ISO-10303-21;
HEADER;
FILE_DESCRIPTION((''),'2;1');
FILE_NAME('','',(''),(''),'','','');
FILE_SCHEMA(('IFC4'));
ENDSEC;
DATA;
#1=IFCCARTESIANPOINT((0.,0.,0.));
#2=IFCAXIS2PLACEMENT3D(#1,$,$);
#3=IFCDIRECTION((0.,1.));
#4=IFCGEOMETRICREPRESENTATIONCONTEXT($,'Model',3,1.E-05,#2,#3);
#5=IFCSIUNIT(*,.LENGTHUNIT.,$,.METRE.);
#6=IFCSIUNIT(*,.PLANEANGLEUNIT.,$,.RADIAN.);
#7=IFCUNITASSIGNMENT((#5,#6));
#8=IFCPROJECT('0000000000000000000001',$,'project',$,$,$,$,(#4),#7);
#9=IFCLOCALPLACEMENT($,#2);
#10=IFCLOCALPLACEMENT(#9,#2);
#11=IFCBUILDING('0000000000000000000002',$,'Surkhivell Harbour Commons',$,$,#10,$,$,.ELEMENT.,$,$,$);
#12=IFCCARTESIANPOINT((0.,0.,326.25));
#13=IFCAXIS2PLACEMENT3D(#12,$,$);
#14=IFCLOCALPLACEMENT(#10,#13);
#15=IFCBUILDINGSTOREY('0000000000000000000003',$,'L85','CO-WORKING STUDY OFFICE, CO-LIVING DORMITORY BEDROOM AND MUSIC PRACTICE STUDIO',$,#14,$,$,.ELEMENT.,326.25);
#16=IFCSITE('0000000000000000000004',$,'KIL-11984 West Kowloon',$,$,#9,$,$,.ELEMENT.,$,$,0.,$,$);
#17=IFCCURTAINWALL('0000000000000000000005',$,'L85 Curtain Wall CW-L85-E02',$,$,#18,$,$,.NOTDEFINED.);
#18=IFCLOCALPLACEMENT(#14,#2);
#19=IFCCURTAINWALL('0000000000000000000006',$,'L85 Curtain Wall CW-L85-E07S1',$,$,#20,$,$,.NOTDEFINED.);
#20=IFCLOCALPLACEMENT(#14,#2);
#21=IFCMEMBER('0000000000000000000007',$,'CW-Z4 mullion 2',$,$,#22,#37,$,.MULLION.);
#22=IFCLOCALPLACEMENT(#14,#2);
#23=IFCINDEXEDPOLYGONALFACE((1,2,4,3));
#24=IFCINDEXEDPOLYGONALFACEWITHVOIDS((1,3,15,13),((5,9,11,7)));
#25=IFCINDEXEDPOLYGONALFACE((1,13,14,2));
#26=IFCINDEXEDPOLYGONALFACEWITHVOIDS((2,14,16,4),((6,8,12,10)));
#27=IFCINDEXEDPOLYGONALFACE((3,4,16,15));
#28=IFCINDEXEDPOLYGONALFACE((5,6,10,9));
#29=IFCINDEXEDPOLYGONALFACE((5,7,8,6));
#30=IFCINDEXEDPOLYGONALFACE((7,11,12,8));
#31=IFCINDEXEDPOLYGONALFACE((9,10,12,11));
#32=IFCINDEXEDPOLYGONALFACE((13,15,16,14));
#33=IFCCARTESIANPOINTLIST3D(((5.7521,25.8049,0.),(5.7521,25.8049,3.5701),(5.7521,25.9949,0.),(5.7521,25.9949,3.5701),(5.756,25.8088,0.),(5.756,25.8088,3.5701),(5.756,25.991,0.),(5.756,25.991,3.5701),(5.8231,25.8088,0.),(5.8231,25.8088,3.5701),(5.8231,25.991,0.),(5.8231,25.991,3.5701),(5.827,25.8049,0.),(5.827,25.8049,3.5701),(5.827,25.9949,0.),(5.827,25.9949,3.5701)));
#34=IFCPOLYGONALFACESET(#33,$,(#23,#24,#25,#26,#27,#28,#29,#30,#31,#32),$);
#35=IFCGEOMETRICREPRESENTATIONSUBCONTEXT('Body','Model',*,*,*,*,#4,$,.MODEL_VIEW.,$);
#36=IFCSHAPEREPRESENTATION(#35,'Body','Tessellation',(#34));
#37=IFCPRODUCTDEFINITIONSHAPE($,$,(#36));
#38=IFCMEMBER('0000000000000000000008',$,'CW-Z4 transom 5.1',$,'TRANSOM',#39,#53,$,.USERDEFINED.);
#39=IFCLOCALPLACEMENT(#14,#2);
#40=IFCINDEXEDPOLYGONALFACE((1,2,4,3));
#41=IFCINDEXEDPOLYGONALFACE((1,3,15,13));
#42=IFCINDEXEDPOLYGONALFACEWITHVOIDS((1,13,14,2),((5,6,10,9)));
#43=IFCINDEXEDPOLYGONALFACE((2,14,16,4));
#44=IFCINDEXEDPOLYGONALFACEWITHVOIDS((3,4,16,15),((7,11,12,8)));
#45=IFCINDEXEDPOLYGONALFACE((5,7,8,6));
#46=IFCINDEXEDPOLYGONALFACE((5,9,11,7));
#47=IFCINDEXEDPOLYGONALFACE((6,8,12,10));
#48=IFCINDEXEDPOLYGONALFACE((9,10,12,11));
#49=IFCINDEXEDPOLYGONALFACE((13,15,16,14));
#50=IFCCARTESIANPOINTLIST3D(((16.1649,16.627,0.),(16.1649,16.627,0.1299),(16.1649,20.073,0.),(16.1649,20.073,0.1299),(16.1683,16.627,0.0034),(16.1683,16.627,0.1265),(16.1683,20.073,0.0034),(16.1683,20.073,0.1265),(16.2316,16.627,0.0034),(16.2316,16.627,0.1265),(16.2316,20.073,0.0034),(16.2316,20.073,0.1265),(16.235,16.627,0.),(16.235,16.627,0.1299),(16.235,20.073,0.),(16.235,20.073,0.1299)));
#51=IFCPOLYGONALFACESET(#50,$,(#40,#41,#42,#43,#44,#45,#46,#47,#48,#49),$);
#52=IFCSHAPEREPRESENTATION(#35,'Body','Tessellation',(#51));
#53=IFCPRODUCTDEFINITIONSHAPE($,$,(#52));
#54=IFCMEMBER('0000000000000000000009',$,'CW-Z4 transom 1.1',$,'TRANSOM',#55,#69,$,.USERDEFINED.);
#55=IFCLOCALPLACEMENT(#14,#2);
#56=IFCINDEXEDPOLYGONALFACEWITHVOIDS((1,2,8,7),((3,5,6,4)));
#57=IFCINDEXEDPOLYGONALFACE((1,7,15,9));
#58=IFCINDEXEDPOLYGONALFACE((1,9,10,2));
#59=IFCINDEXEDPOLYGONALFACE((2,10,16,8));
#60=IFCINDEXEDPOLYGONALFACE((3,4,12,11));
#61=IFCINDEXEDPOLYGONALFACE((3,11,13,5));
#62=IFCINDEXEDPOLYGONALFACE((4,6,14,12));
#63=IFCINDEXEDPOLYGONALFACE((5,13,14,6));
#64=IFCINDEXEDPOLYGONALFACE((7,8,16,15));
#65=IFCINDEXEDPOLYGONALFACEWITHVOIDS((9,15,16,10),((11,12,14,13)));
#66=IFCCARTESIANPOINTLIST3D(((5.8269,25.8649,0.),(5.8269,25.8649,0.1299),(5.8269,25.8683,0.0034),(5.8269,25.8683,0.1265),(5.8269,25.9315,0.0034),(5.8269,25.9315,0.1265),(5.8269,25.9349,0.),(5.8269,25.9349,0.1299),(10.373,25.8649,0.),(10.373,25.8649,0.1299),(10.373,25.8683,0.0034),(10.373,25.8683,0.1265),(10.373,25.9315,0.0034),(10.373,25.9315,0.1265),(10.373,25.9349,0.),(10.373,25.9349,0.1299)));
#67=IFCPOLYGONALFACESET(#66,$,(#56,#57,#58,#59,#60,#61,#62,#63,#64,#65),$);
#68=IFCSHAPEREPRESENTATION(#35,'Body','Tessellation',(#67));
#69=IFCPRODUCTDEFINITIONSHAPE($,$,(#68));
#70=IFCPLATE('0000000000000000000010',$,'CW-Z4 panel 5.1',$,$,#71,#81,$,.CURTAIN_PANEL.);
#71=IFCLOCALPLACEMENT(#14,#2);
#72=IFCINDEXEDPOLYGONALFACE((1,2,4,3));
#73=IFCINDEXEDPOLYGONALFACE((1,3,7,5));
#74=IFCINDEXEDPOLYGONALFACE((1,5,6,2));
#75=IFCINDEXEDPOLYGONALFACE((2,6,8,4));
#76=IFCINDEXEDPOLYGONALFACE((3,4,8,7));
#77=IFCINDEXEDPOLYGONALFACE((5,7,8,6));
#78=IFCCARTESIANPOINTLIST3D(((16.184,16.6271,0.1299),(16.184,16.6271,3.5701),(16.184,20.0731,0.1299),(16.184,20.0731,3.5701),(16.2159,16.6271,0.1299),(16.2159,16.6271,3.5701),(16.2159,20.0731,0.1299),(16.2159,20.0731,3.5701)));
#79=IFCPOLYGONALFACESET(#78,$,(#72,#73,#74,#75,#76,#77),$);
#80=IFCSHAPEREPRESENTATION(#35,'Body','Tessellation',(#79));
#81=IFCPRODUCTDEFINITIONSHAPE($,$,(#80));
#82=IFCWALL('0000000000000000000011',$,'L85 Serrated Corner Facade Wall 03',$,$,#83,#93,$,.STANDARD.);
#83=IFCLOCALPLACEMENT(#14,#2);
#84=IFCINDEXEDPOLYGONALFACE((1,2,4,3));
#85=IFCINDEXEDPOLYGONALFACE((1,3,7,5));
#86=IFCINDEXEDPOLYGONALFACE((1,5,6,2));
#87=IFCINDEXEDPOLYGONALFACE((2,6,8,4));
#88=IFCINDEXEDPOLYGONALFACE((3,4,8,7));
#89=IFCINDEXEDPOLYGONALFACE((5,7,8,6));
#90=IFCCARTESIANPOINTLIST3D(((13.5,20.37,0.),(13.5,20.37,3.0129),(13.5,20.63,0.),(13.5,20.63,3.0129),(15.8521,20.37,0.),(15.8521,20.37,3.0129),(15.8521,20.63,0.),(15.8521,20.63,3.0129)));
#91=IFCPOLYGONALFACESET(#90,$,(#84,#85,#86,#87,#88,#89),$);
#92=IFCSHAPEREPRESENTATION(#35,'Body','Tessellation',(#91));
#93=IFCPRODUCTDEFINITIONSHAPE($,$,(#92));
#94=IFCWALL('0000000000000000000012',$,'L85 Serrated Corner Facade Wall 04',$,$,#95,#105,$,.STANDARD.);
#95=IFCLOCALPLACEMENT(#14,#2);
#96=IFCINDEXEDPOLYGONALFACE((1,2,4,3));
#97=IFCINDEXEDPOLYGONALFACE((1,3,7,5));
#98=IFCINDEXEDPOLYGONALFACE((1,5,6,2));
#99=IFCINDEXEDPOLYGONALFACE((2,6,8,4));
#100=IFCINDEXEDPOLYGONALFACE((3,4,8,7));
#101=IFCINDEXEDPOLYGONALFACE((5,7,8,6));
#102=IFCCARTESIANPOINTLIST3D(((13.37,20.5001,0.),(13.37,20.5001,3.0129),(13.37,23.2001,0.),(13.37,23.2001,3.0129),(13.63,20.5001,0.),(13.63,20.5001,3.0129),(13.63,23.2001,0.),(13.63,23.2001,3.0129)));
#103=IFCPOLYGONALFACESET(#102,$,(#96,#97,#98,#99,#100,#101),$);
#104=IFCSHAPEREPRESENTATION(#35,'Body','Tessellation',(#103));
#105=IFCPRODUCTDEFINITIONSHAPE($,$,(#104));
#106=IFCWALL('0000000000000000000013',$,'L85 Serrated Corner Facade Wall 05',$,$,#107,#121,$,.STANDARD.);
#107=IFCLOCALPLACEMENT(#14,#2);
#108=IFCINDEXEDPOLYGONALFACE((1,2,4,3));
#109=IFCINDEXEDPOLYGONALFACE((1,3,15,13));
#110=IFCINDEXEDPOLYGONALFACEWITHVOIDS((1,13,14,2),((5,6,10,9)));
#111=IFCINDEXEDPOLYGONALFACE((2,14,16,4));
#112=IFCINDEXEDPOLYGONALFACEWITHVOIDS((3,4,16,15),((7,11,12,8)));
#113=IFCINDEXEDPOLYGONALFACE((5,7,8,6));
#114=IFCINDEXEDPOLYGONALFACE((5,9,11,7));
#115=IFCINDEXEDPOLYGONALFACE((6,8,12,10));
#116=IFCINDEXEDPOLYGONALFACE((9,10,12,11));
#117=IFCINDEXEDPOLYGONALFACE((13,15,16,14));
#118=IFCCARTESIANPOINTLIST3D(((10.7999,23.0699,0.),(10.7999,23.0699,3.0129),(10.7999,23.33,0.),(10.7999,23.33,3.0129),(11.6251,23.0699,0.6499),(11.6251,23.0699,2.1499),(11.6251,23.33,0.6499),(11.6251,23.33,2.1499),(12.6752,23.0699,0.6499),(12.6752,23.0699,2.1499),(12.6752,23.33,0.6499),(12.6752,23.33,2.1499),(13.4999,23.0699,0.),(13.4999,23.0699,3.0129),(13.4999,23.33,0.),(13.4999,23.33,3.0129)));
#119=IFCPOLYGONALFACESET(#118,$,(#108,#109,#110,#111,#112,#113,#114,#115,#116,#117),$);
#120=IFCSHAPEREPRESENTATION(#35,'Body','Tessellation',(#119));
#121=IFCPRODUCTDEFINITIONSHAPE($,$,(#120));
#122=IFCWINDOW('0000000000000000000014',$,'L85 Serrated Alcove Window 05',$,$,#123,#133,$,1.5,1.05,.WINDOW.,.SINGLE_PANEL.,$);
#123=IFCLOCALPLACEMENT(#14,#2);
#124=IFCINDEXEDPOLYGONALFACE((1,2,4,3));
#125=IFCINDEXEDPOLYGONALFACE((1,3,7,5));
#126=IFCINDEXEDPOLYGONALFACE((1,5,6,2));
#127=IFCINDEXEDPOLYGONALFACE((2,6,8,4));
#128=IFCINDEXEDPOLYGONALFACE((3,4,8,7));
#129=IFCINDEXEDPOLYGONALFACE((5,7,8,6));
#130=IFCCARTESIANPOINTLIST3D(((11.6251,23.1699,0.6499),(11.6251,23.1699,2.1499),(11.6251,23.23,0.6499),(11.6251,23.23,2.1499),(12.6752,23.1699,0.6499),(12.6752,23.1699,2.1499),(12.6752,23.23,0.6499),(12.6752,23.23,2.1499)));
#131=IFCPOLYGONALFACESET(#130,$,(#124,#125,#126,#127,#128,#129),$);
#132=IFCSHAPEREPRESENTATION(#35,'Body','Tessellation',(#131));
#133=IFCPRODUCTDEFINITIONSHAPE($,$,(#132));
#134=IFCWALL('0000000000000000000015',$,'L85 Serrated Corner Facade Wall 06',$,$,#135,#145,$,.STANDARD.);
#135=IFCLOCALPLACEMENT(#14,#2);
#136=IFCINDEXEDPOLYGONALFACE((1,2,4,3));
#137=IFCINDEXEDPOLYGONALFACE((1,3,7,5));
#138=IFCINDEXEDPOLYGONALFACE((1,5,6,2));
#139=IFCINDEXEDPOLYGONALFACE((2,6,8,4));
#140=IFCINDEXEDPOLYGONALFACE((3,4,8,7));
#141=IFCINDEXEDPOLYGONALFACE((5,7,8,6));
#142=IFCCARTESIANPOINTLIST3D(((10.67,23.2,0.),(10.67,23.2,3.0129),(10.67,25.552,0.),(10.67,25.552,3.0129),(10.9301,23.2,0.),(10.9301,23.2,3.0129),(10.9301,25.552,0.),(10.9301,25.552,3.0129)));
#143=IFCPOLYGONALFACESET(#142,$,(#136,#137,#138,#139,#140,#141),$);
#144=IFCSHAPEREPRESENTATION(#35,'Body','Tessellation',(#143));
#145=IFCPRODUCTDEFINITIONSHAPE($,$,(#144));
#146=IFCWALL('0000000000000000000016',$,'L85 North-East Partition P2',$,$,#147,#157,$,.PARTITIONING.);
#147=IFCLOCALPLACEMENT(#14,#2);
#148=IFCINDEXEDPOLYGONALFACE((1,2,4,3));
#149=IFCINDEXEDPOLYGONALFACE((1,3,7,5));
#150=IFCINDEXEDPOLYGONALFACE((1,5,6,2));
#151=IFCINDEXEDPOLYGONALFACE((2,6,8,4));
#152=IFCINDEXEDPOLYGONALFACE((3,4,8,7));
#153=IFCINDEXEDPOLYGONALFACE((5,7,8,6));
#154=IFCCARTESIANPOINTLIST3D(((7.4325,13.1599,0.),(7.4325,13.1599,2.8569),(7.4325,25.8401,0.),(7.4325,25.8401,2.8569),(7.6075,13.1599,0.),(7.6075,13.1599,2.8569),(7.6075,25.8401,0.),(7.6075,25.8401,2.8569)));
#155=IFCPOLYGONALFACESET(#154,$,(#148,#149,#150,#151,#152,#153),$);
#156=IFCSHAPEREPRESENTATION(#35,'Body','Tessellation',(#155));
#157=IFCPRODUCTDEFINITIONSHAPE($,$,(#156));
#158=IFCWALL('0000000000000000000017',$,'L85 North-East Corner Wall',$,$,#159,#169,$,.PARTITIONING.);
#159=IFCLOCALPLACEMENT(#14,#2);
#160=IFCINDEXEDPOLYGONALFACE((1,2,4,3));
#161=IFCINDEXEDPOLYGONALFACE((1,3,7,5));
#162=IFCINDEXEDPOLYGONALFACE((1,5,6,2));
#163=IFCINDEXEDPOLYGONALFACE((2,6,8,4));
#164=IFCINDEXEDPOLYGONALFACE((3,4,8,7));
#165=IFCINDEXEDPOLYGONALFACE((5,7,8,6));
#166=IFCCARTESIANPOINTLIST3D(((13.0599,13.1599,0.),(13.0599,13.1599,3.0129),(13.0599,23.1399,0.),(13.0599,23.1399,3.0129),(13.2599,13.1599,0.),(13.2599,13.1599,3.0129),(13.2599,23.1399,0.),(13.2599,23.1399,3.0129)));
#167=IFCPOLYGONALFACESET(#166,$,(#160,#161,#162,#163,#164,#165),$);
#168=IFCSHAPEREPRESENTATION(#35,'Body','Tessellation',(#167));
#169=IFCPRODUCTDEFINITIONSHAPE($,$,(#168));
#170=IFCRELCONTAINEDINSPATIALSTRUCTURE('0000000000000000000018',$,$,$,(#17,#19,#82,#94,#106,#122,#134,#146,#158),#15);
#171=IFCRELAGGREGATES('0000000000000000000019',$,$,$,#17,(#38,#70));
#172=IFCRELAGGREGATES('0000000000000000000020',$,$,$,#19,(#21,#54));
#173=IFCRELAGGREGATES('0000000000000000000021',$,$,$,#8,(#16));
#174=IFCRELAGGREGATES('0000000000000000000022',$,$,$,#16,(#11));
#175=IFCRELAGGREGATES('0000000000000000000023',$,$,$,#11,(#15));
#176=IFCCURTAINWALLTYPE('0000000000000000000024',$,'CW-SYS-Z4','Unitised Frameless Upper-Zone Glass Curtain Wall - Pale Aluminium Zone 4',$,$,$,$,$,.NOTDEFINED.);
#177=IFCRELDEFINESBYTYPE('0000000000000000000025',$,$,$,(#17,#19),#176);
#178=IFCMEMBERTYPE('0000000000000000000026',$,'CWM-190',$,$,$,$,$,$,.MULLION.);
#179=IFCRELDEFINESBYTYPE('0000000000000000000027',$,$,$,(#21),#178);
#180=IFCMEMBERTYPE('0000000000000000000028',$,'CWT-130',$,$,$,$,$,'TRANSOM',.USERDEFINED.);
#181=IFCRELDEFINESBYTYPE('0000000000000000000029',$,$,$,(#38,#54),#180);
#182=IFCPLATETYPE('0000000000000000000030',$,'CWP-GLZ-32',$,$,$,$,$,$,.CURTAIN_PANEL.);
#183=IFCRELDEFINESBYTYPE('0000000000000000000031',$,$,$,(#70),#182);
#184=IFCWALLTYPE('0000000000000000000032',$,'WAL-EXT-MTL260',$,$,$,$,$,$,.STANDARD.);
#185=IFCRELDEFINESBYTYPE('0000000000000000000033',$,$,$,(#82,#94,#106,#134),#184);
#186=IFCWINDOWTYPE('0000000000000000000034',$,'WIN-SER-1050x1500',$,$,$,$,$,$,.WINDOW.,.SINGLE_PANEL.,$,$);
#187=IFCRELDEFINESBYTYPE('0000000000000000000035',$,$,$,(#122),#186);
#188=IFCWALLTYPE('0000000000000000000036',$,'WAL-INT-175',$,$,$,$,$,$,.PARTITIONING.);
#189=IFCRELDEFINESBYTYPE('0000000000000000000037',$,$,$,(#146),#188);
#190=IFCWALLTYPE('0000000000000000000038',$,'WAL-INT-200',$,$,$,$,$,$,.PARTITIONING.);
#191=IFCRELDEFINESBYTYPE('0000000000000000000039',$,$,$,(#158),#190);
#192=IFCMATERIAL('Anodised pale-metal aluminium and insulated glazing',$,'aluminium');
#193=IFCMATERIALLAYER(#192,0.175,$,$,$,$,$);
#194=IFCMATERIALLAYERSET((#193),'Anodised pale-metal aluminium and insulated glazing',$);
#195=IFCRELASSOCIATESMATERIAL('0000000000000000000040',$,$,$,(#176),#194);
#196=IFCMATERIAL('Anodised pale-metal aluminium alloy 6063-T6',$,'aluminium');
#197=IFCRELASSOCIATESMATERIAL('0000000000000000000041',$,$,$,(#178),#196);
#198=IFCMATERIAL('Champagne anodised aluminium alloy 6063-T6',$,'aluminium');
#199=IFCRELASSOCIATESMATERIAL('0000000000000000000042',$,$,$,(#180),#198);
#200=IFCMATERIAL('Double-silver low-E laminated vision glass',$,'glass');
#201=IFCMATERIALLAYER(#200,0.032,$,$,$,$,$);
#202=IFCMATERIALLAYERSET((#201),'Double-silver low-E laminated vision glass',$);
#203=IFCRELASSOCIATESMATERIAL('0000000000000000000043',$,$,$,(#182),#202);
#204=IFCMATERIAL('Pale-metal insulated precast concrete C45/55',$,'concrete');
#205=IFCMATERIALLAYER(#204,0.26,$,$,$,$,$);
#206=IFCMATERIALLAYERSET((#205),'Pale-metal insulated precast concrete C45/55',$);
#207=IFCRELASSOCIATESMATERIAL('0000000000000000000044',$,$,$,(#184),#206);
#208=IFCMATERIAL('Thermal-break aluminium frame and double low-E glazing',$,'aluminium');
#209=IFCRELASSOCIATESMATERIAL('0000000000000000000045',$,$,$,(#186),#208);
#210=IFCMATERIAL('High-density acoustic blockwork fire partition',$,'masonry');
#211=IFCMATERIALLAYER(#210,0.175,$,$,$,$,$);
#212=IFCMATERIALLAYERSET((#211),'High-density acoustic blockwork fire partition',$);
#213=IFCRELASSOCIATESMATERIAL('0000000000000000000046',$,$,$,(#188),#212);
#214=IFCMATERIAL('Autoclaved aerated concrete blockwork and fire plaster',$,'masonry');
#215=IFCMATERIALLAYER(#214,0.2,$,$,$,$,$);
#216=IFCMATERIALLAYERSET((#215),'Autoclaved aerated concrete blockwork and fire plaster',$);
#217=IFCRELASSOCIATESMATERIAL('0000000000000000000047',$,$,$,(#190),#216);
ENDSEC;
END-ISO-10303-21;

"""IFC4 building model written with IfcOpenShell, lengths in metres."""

from ifc_helpers import new_model, si_unit, direction, frame, frame_2d, origin, origin_2d, place, context, subcontext, project, spatial, rectangle, hollow_rectangle, extrude, material, layer, layer_set, material_profile, profile_set, type_object, element, fill, aggregate, save


model = new_model("IFC4")

# Units and contexts
model_context = context("Model", 3, precision=1e-05, world=origin(), true_north=direction((0.0, 1.0)))
body_context = subcontext(model_context, "Body", "Model", "MODEL_VIEW")
ifc_project = project(units=[si_unit("LENGTHUNIT", "METRE"), si_unit("PLANEANGLEUNIT", "RADIAN")], contexts=[model_context])

# Site, building, storey
site_placement = place(None, origin())
site = spatial("IfcSite", under=ifc_project, at=site_placement, Name="KIL-11984 West Kowloon", CompositionType="ELEMENT", RefElevation=0.0)
building_placement = place(site_placement, origin())
building = spatial("IfcBuilding", under=site, at=building_placement, Name="Surkhivell Harbour Commons", CompositionType="ELEMENT")
storey_placement = place(building_placement, frame((0.0, 0.0, 326.25)))
storey = spatial("IfcBuildingStorey", under=building, at=storey_placement, Name="L85", Description="CO-WORKING STUDY OFFICE, CO-LIVING DORMITORY BEDROOM AND MUSIC PRACTICE STUDIO", CompositionType="ELEMENT", Elevation=326.25)

# Curtain walls, member
ifc_material_1 = material(Name="Anodised pale-metal aluminium and insulated glazing", Category="aluminium")
ifc_layer_1 = layer(ifc_material_1, 0.175)
ifc_layer_set_1 = layer_set([ifc_layer_1], Name="Anodised pale-metal aluminium and insulated glazing")
curtain_wall_type = type_object("IfcCurtainWallType", Name="CW-SYS-Z4", Description="Unitised Frameless Upper-Zone Glass Curtain Wall - Pale Aluminium Zone 4", PredefinedType="NOTDEFINED", material=ifc_layer_set_1)
curtain_wall_1_placement = place(storey_placement, origin())
curtain_wall_1 = element("IfcCurtainWall", 1, at=curtain_wall_1_placement, inside=storey, type_object=curtain_wall_type, Name="L85 Curtain Wall CW-L85-E02", PredefinedType="NOTDEFINED")
ifc_material_2 = material(Name="Anodised pale-metal aluminium alloy 6063-T6", Category="aluminium")
ifc_material_profile_1 = material_profile(ifc_material_2, hollow_rectangle(XDim=0.075, YDim=0.1899, WallThickness=0.0039, at=origin_2d()), Name="ALU-MULL-75x190")
ifc_profile_set_1 = profile_set([ifc_material_profile_1], Name="Anodised pale-metal aluminium alloy 6063-T6")
member_type_1 = type_object("IfcMemberType", Name="CWM-190", PredefinedType="MULLION", material=ifc_profile_set_1)
curtain_wall_2_placement = place(storey_placement, origin())
curtain_wall_2 = element("IfcCurtainWall", 2, at=curtain_wall_2_placement, inside=storey, type_object=curtain_wall_type, Name="L85 Curtain Wall CW-L85-E07S1", PredefinedType="NOTDEFINED")
member_1_placement = place(storey_placement, frame((5.7896, 25.8999, 0.0), z_axis=(0.0, 0.0, 1.0), x_axis=(-1.0, 0.0, 0.0)))
member_1 = element("IfcMember", 3, at=member_1_placement, type_object=member_type_1, Name="CW-Z4 mullion 2", PredefinedType="MULLION", context=body_context, shape_type="SweptSolid", body=[
    extrude(hollow_rectangle(XDim=0.075, YDim=0.1899, WallThickness=0.0039, at=origin_2d()), origin(), (0.0, 0.0, 1.0), 3.5701),
])

# Members
ifc_material_3 = material(Name="Champagne anodised aluminium alloy 6063-T6", Category="aluminium")
ifc_material_profile_2 = material_profile(ifc_material_3, hollow_rectangle(XDim=0.0701, YDim=0.1299, WallThickness=0.0034, at=origin_2d()), Name="ALU-TRAN-70x130")
ifc_profile_set_2 = profile_set([ifc_material_profile_2], Name="Champagne anodised aluminium alloy 6063-T6")
member_type_2 = type_object("IfcMemberType", Name="CWT-130", ElementType="TRANSOM", PredefinedType="USERDEFINED", material=ifc_profile_set_2)
member_2_placement = place(storey_placement, frame((16.2, 16.627, 0.0649), z_axis=(0.0, 1.0, 0.0), x_axis=(-1.0, 0.0, 0.0)))
member_2 = element("IfcMember", 4, at=member_2_placement, type_object=member_type_2, Name="CW-Z4 transom 5.1", ObjectType="TRANSOM", PredefinedType="USERDEFINED", context=body_context, shape_type="SweptSolid", body=[
    extrude(hollow_rectangle(XDim=0.0701, YDim=0.1299, WallThickness=0.0034, at=origin_2d()), origin(), (0.0, 0.0, 1.0), 3.446),
])
member_3_placement = place(storey_placement, frame((10.373, 25.8999, 0.0649), z_axis=(-1.0, 0.0, 0.0), x_axis=(0.0, -1.0, 0.0)))
member_3 = element("IfcMember", 5, at=member_3_placement, type_object=member_type_2, Name="CW-Z4 transom 1.1", ObjectType="TRANSOM", PredefinedType="USERDEFINED", context=body_context, shape_type="SweptSolid", body=[
    extrude(hollow_rectangle(XDim=0.0701, YDim=0.1299, WallThickness=0.0034, at=origin_2d()), origin(), (0.0, 0.0, 1.0), 4.5461),
])

# Plate
ifc_material_4 = material(Name="Double-silver low-E laminated vision glass", Category="glass")
ifc_layer_2 = layer(ifc_material_4, 0.032)
ifc_layer_set_2 = layer_set([ifc_layer_2], Name="Double-silver low-E laminated vision glass")
plate_type = type_object("IfcPlateType", Name="CWP-GLZ-32", PredefinedType="CURTAIN_PANEL", material=ifc_layer_set_2)
plate_1_placement = place(storey_placement, frame((16.2, 16.627, 0.1299), z_axis=(0.0, 0.0, 1.0), x_axis=(0.0, 1.0, 0.0)))
plate_1 = element("IfcPlate", 6, at=plate_1_placement, type_object=plate_type, Name="CW-Z4 panel 5.1", PredefinedType="CURTAIN_PANEL", context=body_context, shape_type="SweptSolid", body=[
    extrude(rectangle(XDim=3.446, YDim=0.032, at=frame_2d((1.7231, 0.0))), origin(), (0.0, 0.0, 1.0), 3.4402),
])
aggregate(curtain_wall_1, [member_2, plate_1])
aggregate(curtain_wall_2, [member_1, member_3])

# Walls
ifc_material_5 = material(Name="Pale-metal insulated precast concrete C45/55", Category="concrete")
ifc_layer_3 = layer(ifc_material_5, 0.26)
ifc_layer_set_3 = layer_set([ifc_layer_3], Name="Pale-metal insulated precast concrete C45/55")
wall_type_1 = type_object("IfcWallType", Name="WAL-EXT-MTL260", PredefinedType="STANDARD", material=ifc_layer_set_3)
wall_1_placement = place(storey_placement, frame((15.8521, 20.5, 0.0), z_axis=(0.0, 0.0, 1.0), x_axis=(-1.0, 0.0, 0.0)))
element("IfcWall", 7, at=wall_1_placement, inside=storey, type_object=wall_type_1, Name="L85 Serrated Corner Facade Wall 03", PredefinedType="STANDARD", context=body_context, shape_type="SweptSolid", body=[
    extrude(rectangle(XDim=2.3521, YDim=0.26, at=frame_2d((1.176, 0.0))), origin(), (0.0, 0.0, 1.0), 3.0129),
])
wall_2_placement = place(storey_placement, frame((13.5, 20.5, 0.0), z_axis=(0.0, 0.0, 1.0), x_axis=(0.0, 1.0, 0.0)))
element("IfcWall", 8, at=wall_2_placement, inside=storey, type_object=wall_type_1, Name="L85 Serrated Corner Facade Wall 04", PredefinedType="STANDARD", context=body_context, shape_type="SweptSolid", body=[
    extrude(rectangle(XDim=2.7, YDim=0.26, at=frame_2d((1.3501, 0.0))), origin(), (0.0, 0.0, 1.0), 3.0129),
])

# Wall, opening, window
wall_3_placement = place(storey_placement, frame((13.5, 23.2, 0.0), z_axis=(0.0, 0.0, 1.0), x_axis=(-1.0, 0.0, 0.0)))
wall_3 = element("IfcWall", 9, at=wall_3_placement, inside=storey, type_object=wall_type_1, Name="L85 Serrated Corner Facade Wall 05", PredefinedType="STANDARD", context=body_context, shape_type="SweptSolid", body=[
    extrude(rectangle(XDim=2.7, YDim=0.26, at=frame_2d((1.3501, 0.0))), origin(), (0.0, 0.0, 1.0), 3.0129),
])
opening_placement = place(wall_3_placement, frame((0.825, 0.0, 0.6499)))
opening = element("IfcOpeningElement", 10, at=opening_placement, cuts=wall_3, PredefinedType="OPENING", context=body_context, shape_type="SweptSolid", body=[
    extrude(rectangle(XDim=1.05, YDim=1.5, at=frame_2d((0.5249, 0.75))), frame((0.0, 0.1399, 0.0), z_axis=(0.0, -1.0, 0.0), x_axis=(1.0, 0.0, 0.0)), (0.0, 0.0, 1.0), 0.28),
])
ifc_material_6 = material(Name="Thermal-break aluminium frame and double low-E glazing", Category="aluminium")
window_type = type_object("IfcWindowType", Name="WIN-SER-1050x1500", PartitioningType="SINGLE_PANEL", PredefinedType="WINDOW", material=ifc_material_6)
window_placement = place(opening_placement, origin())
window = element("IfcWindow", 11, at=window_placement, inside=storey, type_object=window_type, Name="L85 Serrated Alcove Window 05", OverallHeight=1.5, OverallWidth=1.05, PartitioningType="SINGLE_PANEL", PredefinedType="WINDOW", context=body_context, shape_type="SweptSolid", body=[
    extrude(rectangle(XDim=1.05, YDim=1.5, at=frame_2d((0.5249, 0.75))), frame((0.0, 0.03, 0.0), z_axis=(0.0, -1.0, 0.0), x_axis=(1.0, 0.0, 0.0)), (0.0, 0.0, 1.0), 0.0601),
])
fill(opening, window)

# Walls
wall_4_placement = place(storey_placement, frame((10.8, 23.2, 0.0), z_axis=(0.0, 0.0, 1.0), x_axis=(0.0, 1.0, 0.0)))
element("IfcWall", 12, at=wall_4_placement, inside=storey, type_object=wall_type_1, Name="L85 Serrated Corner Facade Wall 06", PredefinedType="STANDARD", context=body_context, shape_type="SweptSolid", body=[
    extrude(rectangle(XDim=2.3521, YDim=0.26, at=frame_2d((1.176, 0.0))), origin(), (0.0, 0.0, 1.0), 3.0129),
])
ifc_material_7 = material(Name="High-density acoustic blockwork fire partition", Category="masonry")
ifc_layer_4 = layer(ifc_material_7, 0.175)
ifc_layer_set_4 = layer_set([ifc_layer_4], Name="High-density acoustic blockwork fire partition")
wall_type_2 = type_object("IfcWallType", Name="WAL-INT-175", PredefinedType="PARTITIONING", material=ifc_layer_set_4)
wall_5_placement = place(storey_placement, frame((7.52, 13.1599, 0.0), z_axis=(0.0, 0.0, 1.0), x_axis=(0.0, 1.0, 0.0)))
element("IfcWall", 13, at=wall_5_placement, inside=storey, type_object=wall_type_2, Name="L85 North-East Partition P2", PredefinedType="PARTITIONING", context=body_context, shape_type="SweptSolid", body=[
    extrude(rectangle(XDim=12.6802, YDim=0.175, at=frame_2d((6.3401, 0.0))), origin(), (0.0, 0.0, 1.0), 2.8569),
])
ifc_material_8 = material(Name="Autoclaved aerated concrete blockwork and fire plaster", Category="masonry")
ifc_layer_5 = layer(ifc_material_8, 0.2)
ifc_layer_set_5 = layer_set([ifc_layer_5], Name="Autoclaved aerated concrete blockwork and fire plaster")
wall_type_3 = type_object("IfcWallType", Name="WAL-INT-200", PredefinedType="PARTITIONING", material=ifc_layer_set_5)
wall_6_placement = place(storey_placement, frame((13.1599, 13.1599, 0.0), z_axis=(0.0, 0.0, 1.0), x_axis=(0.0, 1.0, 0.0)))
element("IfcWall", 14, at=wall_6_placement, inside=storey, type_object=wall_type_3, Name="L85 North-East Corner Wall", PredefinedType="PARTITIONING", context=body_context, shape_type="SweptSolid", body=[
    extrude(rectangle(XDim=9.98, YDim=0.2, at=frame_2d((4.99, 0.0))), origin(), (0.0, 0.0, 1.0), 3.0129),
])

save(model, "model.ifc")
